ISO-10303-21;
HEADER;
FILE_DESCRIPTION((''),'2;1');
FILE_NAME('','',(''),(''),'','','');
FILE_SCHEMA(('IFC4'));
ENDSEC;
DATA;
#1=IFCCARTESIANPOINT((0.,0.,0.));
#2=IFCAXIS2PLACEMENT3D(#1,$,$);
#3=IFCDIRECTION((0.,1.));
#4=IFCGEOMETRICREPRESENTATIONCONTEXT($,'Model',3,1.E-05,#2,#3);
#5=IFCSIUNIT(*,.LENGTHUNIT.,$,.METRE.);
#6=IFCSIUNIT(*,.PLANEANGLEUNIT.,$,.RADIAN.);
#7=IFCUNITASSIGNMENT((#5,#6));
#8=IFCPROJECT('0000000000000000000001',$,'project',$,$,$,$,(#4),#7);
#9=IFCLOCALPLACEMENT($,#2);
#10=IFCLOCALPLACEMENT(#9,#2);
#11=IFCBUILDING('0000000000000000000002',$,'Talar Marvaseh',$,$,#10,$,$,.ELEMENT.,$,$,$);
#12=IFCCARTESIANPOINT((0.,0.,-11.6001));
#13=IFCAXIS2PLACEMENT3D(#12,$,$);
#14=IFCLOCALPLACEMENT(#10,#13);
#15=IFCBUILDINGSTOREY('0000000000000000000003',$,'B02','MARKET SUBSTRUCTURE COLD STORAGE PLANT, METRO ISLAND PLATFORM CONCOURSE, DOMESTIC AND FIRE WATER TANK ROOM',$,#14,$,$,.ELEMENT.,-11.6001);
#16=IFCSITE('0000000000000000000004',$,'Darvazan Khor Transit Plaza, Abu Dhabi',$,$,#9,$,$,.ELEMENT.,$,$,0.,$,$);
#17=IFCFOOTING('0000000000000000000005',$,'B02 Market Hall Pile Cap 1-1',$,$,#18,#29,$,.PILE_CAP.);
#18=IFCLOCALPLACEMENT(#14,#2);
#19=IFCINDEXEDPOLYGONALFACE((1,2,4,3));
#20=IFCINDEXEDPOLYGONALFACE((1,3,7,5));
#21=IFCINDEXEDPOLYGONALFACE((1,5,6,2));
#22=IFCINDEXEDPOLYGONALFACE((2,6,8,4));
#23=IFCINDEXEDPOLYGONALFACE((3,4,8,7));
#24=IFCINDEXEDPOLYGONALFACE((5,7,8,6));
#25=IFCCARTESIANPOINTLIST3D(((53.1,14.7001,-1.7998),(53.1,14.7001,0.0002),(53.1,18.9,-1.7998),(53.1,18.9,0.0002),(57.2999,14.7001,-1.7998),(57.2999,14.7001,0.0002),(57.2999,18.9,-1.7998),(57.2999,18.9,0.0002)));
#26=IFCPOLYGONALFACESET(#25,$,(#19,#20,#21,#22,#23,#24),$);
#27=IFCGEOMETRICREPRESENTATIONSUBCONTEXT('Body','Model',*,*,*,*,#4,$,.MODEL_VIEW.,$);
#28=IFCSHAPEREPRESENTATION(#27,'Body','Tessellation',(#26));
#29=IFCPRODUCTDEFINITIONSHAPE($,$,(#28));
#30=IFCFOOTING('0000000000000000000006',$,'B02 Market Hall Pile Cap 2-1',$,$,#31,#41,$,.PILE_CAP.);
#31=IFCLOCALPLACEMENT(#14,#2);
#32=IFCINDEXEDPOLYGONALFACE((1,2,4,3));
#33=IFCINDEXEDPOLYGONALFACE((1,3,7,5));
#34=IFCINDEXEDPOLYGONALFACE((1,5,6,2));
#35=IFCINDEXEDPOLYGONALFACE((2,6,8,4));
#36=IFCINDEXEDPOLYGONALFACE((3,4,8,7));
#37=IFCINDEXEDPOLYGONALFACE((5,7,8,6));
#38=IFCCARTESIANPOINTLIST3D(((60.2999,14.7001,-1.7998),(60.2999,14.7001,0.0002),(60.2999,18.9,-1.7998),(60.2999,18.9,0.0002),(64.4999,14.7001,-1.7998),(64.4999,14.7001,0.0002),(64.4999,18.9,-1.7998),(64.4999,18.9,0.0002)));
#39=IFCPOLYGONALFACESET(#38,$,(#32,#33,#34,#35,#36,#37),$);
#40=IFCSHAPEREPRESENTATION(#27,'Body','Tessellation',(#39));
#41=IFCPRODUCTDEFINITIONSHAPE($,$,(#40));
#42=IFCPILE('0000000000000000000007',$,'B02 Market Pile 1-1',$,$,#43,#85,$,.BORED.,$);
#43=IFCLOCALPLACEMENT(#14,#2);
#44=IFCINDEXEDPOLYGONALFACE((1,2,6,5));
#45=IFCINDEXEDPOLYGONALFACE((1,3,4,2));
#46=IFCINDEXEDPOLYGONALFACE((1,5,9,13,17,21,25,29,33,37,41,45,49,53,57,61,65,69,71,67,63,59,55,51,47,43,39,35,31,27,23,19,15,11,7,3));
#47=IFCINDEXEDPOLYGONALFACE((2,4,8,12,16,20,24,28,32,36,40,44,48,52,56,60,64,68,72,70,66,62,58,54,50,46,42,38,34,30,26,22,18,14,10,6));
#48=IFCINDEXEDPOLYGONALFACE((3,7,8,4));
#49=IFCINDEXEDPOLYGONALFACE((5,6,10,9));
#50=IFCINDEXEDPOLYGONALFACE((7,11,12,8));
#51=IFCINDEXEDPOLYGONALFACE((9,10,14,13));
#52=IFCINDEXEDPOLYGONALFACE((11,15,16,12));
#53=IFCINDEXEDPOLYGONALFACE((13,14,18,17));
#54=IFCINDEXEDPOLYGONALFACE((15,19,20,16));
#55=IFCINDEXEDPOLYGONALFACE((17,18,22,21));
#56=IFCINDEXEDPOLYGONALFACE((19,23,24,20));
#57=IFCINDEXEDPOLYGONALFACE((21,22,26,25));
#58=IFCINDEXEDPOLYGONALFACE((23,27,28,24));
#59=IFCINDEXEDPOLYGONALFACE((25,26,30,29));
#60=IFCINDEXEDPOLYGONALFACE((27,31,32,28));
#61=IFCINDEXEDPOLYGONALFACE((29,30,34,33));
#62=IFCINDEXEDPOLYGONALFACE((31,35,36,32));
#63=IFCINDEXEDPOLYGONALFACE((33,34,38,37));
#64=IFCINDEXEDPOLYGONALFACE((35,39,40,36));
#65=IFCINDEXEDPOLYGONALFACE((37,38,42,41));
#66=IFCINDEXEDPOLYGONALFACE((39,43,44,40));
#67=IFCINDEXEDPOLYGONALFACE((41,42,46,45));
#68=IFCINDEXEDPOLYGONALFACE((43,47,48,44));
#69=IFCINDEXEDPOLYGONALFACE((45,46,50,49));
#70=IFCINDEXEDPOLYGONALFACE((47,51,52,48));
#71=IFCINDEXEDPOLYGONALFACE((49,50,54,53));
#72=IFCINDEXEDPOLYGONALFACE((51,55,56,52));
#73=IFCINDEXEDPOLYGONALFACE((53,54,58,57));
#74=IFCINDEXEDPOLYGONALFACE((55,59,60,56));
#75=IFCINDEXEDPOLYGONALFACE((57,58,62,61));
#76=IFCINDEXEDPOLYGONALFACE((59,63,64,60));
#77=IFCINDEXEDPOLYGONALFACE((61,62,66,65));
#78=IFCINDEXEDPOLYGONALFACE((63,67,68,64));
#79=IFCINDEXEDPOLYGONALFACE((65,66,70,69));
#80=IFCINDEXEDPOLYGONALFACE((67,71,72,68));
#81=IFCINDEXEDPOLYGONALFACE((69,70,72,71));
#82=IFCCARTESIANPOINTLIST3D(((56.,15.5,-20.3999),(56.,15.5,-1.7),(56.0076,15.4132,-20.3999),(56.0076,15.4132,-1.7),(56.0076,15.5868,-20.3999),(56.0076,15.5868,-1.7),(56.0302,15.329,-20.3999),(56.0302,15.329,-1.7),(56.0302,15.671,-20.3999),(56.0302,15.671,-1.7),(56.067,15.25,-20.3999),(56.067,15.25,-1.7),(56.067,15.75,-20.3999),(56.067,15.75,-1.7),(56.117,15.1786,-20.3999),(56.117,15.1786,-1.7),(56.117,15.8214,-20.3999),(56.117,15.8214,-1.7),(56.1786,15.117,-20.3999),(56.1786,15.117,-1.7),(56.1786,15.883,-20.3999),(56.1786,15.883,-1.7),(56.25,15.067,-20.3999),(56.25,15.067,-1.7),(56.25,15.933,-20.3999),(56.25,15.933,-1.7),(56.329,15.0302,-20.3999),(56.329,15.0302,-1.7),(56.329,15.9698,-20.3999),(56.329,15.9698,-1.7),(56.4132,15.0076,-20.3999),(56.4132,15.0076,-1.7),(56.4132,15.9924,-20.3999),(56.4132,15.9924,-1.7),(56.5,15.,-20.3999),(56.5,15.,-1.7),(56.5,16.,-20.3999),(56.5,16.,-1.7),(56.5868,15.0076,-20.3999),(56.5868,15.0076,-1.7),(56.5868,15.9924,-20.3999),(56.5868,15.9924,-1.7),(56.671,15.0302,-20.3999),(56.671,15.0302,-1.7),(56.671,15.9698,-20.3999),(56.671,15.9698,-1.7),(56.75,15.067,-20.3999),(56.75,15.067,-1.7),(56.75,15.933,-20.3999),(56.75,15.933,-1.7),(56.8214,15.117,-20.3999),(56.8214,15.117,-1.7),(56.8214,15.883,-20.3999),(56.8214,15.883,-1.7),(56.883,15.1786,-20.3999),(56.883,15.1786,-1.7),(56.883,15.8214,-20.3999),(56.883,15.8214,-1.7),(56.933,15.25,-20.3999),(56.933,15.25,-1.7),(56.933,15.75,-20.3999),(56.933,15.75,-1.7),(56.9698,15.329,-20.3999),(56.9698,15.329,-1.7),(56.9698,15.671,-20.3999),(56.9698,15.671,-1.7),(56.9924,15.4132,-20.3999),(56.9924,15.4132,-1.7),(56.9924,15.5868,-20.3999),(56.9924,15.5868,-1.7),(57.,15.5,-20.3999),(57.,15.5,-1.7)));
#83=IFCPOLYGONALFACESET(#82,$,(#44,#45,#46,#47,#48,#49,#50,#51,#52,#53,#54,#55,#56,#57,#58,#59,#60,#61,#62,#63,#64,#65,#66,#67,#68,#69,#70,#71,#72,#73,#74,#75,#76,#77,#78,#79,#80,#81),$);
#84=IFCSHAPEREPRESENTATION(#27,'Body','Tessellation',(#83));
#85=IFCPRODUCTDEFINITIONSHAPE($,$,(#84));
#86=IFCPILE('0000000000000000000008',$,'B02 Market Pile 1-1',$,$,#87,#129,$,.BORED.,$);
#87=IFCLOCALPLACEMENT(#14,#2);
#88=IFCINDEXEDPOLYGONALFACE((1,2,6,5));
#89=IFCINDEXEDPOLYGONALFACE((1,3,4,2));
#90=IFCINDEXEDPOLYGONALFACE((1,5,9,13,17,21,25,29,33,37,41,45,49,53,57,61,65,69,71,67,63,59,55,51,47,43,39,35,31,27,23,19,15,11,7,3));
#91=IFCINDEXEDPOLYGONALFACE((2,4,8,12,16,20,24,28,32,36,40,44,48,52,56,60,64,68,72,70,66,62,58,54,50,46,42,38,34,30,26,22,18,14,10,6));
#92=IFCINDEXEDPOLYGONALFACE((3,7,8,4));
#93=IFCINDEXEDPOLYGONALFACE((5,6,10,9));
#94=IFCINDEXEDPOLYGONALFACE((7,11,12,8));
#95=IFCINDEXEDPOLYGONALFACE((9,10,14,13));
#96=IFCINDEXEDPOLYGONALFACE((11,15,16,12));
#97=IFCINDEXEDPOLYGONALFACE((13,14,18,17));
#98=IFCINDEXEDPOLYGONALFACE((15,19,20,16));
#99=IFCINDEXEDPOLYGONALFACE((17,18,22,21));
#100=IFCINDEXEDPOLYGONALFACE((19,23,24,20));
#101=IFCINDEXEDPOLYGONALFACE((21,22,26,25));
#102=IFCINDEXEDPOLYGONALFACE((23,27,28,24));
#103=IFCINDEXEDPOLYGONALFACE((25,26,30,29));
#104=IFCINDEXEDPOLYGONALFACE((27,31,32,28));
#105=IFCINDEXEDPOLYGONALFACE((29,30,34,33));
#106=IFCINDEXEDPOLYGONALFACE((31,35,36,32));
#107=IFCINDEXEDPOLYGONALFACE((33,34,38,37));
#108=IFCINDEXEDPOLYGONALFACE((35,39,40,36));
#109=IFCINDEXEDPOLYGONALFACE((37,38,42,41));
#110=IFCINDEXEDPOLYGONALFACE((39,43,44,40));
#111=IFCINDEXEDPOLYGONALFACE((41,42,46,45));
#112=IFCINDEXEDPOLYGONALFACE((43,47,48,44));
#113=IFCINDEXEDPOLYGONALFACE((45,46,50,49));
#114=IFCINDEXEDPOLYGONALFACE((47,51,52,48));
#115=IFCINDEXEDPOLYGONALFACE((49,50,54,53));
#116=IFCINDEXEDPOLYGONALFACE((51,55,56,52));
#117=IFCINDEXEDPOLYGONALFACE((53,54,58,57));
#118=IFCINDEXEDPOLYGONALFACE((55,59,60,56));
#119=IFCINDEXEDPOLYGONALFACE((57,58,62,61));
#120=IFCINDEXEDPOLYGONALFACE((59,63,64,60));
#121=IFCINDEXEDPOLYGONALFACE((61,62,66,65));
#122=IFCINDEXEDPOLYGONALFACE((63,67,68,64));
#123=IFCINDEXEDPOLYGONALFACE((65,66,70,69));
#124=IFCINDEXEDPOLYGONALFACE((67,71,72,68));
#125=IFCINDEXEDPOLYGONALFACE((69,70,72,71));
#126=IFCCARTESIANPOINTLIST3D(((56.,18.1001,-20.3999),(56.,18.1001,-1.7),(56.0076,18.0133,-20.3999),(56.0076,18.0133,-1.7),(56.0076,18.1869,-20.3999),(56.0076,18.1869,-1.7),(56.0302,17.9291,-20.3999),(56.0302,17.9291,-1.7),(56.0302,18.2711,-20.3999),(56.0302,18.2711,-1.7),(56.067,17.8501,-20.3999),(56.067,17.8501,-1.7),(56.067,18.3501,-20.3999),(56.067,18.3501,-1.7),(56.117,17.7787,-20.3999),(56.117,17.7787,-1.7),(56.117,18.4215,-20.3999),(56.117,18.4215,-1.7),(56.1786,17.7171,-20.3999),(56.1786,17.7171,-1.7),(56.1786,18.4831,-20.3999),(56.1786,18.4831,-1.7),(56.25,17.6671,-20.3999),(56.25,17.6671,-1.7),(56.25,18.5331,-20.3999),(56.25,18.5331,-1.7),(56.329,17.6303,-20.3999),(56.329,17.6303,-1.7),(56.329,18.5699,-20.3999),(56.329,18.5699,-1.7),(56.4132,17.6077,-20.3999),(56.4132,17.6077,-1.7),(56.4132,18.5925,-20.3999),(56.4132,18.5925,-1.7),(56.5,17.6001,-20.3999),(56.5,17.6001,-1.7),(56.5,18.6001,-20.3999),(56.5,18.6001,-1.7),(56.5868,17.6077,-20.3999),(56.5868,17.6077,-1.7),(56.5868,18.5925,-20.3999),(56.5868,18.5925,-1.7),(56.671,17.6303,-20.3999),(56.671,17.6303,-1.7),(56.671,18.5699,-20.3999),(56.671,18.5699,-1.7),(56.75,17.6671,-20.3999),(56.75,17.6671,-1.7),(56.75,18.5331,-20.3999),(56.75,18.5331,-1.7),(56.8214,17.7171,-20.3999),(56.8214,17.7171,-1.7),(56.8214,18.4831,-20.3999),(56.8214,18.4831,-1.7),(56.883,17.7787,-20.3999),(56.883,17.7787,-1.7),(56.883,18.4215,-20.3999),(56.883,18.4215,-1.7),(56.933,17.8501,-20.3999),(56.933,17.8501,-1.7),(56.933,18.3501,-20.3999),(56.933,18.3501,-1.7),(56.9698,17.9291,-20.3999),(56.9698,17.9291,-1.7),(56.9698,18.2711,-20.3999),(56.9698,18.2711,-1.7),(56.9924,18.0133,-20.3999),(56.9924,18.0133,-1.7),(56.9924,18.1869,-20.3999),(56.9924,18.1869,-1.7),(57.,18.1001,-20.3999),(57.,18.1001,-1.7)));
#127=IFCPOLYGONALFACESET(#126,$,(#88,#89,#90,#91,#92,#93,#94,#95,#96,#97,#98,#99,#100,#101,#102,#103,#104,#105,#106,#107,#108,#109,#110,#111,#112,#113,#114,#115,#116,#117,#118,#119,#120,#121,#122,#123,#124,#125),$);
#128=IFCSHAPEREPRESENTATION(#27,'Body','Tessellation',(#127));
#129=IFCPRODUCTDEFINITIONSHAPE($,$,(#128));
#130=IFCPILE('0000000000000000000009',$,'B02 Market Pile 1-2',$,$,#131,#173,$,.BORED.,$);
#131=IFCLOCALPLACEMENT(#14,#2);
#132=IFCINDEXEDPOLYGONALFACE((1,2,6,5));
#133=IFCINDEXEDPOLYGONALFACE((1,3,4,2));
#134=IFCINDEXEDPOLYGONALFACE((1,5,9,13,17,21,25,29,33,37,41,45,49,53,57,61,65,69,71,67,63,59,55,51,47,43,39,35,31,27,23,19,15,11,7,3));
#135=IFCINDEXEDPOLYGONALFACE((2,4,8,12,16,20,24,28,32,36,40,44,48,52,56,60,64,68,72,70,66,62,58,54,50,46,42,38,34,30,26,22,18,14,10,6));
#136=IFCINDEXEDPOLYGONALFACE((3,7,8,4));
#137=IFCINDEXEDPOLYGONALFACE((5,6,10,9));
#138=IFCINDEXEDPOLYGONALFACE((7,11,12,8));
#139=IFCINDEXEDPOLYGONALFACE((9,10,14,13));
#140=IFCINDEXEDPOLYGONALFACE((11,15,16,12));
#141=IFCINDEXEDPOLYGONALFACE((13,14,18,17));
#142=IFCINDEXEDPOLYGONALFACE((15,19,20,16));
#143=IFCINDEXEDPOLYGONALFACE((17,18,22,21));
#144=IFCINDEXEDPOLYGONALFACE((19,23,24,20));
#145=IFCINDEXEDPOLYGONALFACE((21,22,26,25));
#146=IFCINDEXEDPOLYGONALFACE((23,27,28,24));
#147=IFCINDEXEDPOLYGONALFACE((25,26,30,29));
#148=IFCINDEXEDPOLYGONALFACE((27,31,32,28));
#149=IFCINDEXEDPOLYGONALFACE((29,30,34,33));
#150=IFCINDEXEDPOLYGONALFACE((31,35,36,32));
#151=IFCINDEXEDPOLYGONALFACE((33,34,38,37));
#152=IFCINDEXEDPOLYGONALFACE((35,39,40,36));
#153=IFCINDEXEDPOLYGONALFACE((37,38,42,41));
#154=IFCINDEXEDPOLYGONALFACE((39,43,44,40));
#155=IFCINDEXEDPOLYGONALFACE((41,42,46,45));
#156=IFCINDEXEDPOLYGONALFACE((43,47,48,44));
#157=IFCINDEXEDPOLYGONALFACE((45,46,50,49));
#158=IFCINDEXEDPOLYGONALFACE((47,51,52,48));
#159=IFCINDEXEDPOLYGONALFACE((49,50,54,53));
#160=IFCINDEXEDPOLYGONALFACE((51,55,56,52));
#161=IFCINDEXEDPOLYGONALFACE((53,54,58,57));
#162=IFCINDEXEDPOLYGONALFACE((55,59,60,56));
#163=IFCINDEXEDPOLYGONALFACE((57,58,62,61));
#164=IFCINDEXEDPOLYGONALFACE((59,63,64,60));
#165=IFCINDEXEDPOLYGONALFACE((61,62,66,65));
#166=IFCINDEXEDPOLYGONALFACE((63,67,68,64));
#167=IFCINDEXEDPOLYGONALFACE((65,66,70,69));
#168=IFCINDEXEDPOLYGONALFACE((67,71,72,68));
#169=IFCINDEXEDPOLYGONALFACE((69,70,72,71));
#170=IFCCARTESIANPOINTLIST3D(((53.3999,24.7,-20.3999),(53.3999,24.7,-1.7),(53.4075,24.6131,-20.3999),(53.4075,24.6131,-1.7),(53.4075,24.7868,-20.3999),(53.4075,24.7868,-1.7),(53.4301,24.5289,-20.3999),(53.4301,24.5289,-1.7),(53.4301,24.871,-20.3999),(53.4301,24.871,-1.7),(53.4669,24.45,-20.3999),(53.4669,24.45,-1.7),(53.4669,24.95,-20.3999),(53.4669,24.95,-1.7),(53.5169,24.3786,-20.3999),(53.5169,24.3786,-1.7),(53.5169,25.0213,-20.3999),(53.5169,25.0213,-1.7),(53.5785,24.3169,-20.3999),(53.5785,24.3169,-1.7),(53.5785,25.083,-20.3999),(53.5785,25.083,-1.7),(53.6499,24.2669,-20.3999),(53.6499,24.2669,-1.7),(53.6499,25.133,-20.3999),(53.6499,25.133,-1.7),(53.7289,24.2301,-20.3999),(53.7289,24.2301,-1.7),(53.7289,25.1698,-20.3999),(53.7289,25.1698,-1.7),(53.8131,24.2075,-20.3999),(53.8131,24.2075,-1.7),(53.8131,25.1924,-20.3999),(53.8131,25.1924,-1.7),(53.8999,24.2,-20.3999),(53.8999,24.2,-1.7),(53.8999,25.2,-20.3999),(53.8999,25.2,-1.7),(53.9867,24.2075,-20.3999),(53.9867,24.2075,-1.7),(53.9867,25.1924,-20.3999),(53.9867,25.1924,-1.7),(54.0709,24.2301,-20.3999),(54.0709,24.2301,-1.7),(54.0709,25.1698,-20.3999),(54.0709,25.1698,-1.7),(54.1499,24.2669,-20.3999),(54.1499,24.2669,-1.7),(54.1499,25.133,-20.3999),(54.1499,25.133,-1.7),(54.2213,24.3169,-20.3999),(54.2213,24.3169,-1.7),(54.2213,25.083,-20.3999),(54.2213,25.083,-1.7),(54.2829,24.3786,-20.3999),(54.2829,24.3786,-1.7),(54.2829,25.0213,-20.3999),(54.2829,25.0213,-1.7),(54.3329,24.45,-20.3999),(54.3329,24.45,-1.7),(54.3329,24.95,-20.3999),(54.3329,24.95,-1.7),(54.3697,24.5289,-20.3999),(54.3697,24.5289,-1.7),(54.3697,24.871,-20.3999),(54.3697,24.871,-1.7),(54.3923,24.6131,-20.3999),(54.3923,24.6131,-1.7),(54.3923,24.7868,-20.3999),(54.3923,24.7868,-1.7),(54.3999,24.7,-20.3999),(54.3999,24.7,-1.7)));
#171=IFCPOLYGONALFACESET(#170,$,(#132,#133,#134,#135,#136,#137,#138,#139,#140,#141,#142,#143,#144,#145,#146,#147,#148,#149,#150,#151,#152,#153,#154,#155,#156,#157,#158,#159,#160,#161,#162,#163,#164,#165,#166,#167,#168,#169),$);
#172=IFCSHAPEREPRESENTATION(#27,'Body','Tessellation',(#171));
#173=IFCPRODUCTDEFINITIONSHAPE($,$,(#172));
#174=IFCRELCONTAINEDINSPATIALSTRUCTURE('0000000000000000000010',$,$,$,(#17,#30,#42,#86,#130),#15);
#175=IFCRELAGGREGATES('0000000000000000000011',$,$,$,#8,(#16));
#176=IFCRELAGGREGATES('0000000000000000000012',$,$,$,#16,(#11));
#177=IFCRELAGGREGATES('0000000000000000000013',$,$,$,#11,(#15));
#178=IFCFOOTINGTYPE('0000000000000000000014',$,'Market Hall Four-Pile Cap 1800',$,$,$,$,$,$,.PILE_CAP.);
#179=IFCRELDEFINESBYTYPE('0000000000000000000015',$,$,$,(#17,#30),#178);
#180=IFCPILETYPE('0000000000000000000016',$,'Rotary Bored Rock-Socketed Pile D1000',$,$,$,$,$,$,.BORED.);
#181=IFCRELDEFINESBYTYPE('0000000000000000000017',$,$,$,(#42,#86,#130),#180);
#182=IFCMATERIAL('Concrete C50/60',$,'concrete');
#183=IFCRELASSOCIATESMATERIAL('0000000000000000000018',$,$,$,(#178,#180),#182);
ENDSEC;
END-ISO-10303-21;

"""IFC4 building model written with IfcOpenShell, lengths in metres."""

from ifc_helpers import new_model, si_unit, direction, frame, origin, origin_2d, place, context, subcontext, project, spatial, rectangle, circle, extrude, source, transform, mapped, material, material_profile, profile_set, type_object, type_shapes, element, save


model = new_model("IFC4")

# Units and contexts
model_context = context("Model", 3, precision=1e-05, world=origin(), true_north=direction((0.0, 1.0)))
body_context = subcontext(model_context, "Body", "Model", "MODEL_VIEW")
ifc_project = project(units=[si_unit("LENGTHUNIT", "METRE"), si_unit("PLANEANGLEUNIT", "RADIAN")], contexts=[model_context])

# Site, building, storey
site_placement = place(None, origin())
site = spatial("IfcSite", under=ifc_project, at=site_placement, Name="Darvazan Khor Transit Plaza, Abu Dhabi", CompositionType="ELEMENT", RefElevation=0.0)
building_placement = place(site_placement, origin())
building = spatial("IfcBuilding", under=site, at=building_placement, Name="Talar Marvaseh", CompositionType="ELEMENT")
storey_placement = place(building_placement, frame((0.0, 0.0, -11.6001)))
storey = spatial("IfcBuildingStorey", under=building, at=storey_placement, Name="B02", Description="MARKET SUBSTRUCTURE COLD STORAGE PLANT, METRO ISLAND PLATFORM CONCOURSE, DOMESTIC AND FIRE WATER TANK ROOM", CompositionType="ELEMENT", Elevation=-11.6001)

# Footings
ifc_material_1 = material(Name="Concrete C50/60", Category="concrete")
footing_type_1 = type_object("IfcFootingType", Name="Market Hall Four-Pile Cap 1800", PredefinedType="PILE_CAP", material=ifc_material_1)
shared_shape_1 = source(origin(), body_context, "Body", "SweptSolid", [
    extrude(rectangle(XDim=4.2, YDim=4.2, at=origin_2d()), origin(), (0.0, 0.0, 1.0), 1.8),
])
type_shapes(footing_type_1, [shared_shape_1])
for number, where, z_axis, x_axis, name in (
    (1, (55.2, 16.8, -1.7998), (0.0, 0.0, 1.0), (1.0, 0.0, 0.0), "B02 Market Hall Pile Cap 1-1"),
    (2, (62.3999, 16.8, -1.7998), (0.0, 0.0, 1.0), (1.0, 0.0, 0.0), "B02 Market Hall Pile Cap 2-1"),
):
    element("IfcFooting", number, at=place(storey_placement, frame(where, z_axis=z_axis, x_axis=x_axis)), inside=storey, type_object=footing_type_1, Name=name, PredefinedType="PILE_CAP", context=body_context, shape_type="MappedRepresentation", body=[
        mapped(shared_shape_1, transform((0.0, 0.0, 0.0), x_axis=(1.0, 0.0, 0.0), y_axis=(0.0, 1.0, 0.0), z_axis=(0.0, 0.0, 1.0), scale=1.0)),
    ])

# Piles
ifc_material_profile_1 = material_profile(ifc_material_1, circle(Radius=0.5, at=origin_2d()), Name="PILE-D1000")
ifc_profile_set_1 = profile_set([ifc_material_profile_1], Name="Concrete C50/60")
pile_type = type_object("IfcPileType", Name="Rotary Bored Rock-Socketed Pile D1000", PredefinedType="BORED", material=ifc_profile_set_1)
shared_shape_2 = source(origin(), body_context, "Body", "SweptSolid", [
    extrude(circle(Radius=0.5, at=origin_2d()), origin(), (0.0, 0.0, 1.0), 18.7),
])
type_shapes(pile_type, [shared_shape_2])
for number, where, z_axis, x_axis, name in (
    (3, (56.5, 15.5, -1.7), (0.0, 0.0, -1.0), (1.0, 0.0, 0.0), "B02 Market Pile 1-1"),
    (4, (56.5, 18.1001, -1.7), (0.0, 0.0, -1.0), (1.0, 0.0, 0.0), "B02 Market Pile 1-1"),
    (5, (53.8999, 24.7, -1.7), (0.0, 0.0, -1.0), (1.0, 0.0, 0.0), "B02 Market Pile 1-2"),
):
    element("IfcPile", number, at=place(storey_placement, frame(where, z_axis=z_axis, x_axis=x_axis)), inside=storey, type_object=pile_type, Name=name, PredefinedType="BORED", context=body_context, shape_type="MappedRepresentation", body=[
        mapped(shared_shape_2, transform((0.0, 0.0, 0.0), x_axis=(1.0, 0.0, 0.0), y_axis=(0.0, 1.0, 0.0), z_axis=(0.0, 0.0, 1.0), scale=1.0)),
    ])

save(model, "model.ifc")
